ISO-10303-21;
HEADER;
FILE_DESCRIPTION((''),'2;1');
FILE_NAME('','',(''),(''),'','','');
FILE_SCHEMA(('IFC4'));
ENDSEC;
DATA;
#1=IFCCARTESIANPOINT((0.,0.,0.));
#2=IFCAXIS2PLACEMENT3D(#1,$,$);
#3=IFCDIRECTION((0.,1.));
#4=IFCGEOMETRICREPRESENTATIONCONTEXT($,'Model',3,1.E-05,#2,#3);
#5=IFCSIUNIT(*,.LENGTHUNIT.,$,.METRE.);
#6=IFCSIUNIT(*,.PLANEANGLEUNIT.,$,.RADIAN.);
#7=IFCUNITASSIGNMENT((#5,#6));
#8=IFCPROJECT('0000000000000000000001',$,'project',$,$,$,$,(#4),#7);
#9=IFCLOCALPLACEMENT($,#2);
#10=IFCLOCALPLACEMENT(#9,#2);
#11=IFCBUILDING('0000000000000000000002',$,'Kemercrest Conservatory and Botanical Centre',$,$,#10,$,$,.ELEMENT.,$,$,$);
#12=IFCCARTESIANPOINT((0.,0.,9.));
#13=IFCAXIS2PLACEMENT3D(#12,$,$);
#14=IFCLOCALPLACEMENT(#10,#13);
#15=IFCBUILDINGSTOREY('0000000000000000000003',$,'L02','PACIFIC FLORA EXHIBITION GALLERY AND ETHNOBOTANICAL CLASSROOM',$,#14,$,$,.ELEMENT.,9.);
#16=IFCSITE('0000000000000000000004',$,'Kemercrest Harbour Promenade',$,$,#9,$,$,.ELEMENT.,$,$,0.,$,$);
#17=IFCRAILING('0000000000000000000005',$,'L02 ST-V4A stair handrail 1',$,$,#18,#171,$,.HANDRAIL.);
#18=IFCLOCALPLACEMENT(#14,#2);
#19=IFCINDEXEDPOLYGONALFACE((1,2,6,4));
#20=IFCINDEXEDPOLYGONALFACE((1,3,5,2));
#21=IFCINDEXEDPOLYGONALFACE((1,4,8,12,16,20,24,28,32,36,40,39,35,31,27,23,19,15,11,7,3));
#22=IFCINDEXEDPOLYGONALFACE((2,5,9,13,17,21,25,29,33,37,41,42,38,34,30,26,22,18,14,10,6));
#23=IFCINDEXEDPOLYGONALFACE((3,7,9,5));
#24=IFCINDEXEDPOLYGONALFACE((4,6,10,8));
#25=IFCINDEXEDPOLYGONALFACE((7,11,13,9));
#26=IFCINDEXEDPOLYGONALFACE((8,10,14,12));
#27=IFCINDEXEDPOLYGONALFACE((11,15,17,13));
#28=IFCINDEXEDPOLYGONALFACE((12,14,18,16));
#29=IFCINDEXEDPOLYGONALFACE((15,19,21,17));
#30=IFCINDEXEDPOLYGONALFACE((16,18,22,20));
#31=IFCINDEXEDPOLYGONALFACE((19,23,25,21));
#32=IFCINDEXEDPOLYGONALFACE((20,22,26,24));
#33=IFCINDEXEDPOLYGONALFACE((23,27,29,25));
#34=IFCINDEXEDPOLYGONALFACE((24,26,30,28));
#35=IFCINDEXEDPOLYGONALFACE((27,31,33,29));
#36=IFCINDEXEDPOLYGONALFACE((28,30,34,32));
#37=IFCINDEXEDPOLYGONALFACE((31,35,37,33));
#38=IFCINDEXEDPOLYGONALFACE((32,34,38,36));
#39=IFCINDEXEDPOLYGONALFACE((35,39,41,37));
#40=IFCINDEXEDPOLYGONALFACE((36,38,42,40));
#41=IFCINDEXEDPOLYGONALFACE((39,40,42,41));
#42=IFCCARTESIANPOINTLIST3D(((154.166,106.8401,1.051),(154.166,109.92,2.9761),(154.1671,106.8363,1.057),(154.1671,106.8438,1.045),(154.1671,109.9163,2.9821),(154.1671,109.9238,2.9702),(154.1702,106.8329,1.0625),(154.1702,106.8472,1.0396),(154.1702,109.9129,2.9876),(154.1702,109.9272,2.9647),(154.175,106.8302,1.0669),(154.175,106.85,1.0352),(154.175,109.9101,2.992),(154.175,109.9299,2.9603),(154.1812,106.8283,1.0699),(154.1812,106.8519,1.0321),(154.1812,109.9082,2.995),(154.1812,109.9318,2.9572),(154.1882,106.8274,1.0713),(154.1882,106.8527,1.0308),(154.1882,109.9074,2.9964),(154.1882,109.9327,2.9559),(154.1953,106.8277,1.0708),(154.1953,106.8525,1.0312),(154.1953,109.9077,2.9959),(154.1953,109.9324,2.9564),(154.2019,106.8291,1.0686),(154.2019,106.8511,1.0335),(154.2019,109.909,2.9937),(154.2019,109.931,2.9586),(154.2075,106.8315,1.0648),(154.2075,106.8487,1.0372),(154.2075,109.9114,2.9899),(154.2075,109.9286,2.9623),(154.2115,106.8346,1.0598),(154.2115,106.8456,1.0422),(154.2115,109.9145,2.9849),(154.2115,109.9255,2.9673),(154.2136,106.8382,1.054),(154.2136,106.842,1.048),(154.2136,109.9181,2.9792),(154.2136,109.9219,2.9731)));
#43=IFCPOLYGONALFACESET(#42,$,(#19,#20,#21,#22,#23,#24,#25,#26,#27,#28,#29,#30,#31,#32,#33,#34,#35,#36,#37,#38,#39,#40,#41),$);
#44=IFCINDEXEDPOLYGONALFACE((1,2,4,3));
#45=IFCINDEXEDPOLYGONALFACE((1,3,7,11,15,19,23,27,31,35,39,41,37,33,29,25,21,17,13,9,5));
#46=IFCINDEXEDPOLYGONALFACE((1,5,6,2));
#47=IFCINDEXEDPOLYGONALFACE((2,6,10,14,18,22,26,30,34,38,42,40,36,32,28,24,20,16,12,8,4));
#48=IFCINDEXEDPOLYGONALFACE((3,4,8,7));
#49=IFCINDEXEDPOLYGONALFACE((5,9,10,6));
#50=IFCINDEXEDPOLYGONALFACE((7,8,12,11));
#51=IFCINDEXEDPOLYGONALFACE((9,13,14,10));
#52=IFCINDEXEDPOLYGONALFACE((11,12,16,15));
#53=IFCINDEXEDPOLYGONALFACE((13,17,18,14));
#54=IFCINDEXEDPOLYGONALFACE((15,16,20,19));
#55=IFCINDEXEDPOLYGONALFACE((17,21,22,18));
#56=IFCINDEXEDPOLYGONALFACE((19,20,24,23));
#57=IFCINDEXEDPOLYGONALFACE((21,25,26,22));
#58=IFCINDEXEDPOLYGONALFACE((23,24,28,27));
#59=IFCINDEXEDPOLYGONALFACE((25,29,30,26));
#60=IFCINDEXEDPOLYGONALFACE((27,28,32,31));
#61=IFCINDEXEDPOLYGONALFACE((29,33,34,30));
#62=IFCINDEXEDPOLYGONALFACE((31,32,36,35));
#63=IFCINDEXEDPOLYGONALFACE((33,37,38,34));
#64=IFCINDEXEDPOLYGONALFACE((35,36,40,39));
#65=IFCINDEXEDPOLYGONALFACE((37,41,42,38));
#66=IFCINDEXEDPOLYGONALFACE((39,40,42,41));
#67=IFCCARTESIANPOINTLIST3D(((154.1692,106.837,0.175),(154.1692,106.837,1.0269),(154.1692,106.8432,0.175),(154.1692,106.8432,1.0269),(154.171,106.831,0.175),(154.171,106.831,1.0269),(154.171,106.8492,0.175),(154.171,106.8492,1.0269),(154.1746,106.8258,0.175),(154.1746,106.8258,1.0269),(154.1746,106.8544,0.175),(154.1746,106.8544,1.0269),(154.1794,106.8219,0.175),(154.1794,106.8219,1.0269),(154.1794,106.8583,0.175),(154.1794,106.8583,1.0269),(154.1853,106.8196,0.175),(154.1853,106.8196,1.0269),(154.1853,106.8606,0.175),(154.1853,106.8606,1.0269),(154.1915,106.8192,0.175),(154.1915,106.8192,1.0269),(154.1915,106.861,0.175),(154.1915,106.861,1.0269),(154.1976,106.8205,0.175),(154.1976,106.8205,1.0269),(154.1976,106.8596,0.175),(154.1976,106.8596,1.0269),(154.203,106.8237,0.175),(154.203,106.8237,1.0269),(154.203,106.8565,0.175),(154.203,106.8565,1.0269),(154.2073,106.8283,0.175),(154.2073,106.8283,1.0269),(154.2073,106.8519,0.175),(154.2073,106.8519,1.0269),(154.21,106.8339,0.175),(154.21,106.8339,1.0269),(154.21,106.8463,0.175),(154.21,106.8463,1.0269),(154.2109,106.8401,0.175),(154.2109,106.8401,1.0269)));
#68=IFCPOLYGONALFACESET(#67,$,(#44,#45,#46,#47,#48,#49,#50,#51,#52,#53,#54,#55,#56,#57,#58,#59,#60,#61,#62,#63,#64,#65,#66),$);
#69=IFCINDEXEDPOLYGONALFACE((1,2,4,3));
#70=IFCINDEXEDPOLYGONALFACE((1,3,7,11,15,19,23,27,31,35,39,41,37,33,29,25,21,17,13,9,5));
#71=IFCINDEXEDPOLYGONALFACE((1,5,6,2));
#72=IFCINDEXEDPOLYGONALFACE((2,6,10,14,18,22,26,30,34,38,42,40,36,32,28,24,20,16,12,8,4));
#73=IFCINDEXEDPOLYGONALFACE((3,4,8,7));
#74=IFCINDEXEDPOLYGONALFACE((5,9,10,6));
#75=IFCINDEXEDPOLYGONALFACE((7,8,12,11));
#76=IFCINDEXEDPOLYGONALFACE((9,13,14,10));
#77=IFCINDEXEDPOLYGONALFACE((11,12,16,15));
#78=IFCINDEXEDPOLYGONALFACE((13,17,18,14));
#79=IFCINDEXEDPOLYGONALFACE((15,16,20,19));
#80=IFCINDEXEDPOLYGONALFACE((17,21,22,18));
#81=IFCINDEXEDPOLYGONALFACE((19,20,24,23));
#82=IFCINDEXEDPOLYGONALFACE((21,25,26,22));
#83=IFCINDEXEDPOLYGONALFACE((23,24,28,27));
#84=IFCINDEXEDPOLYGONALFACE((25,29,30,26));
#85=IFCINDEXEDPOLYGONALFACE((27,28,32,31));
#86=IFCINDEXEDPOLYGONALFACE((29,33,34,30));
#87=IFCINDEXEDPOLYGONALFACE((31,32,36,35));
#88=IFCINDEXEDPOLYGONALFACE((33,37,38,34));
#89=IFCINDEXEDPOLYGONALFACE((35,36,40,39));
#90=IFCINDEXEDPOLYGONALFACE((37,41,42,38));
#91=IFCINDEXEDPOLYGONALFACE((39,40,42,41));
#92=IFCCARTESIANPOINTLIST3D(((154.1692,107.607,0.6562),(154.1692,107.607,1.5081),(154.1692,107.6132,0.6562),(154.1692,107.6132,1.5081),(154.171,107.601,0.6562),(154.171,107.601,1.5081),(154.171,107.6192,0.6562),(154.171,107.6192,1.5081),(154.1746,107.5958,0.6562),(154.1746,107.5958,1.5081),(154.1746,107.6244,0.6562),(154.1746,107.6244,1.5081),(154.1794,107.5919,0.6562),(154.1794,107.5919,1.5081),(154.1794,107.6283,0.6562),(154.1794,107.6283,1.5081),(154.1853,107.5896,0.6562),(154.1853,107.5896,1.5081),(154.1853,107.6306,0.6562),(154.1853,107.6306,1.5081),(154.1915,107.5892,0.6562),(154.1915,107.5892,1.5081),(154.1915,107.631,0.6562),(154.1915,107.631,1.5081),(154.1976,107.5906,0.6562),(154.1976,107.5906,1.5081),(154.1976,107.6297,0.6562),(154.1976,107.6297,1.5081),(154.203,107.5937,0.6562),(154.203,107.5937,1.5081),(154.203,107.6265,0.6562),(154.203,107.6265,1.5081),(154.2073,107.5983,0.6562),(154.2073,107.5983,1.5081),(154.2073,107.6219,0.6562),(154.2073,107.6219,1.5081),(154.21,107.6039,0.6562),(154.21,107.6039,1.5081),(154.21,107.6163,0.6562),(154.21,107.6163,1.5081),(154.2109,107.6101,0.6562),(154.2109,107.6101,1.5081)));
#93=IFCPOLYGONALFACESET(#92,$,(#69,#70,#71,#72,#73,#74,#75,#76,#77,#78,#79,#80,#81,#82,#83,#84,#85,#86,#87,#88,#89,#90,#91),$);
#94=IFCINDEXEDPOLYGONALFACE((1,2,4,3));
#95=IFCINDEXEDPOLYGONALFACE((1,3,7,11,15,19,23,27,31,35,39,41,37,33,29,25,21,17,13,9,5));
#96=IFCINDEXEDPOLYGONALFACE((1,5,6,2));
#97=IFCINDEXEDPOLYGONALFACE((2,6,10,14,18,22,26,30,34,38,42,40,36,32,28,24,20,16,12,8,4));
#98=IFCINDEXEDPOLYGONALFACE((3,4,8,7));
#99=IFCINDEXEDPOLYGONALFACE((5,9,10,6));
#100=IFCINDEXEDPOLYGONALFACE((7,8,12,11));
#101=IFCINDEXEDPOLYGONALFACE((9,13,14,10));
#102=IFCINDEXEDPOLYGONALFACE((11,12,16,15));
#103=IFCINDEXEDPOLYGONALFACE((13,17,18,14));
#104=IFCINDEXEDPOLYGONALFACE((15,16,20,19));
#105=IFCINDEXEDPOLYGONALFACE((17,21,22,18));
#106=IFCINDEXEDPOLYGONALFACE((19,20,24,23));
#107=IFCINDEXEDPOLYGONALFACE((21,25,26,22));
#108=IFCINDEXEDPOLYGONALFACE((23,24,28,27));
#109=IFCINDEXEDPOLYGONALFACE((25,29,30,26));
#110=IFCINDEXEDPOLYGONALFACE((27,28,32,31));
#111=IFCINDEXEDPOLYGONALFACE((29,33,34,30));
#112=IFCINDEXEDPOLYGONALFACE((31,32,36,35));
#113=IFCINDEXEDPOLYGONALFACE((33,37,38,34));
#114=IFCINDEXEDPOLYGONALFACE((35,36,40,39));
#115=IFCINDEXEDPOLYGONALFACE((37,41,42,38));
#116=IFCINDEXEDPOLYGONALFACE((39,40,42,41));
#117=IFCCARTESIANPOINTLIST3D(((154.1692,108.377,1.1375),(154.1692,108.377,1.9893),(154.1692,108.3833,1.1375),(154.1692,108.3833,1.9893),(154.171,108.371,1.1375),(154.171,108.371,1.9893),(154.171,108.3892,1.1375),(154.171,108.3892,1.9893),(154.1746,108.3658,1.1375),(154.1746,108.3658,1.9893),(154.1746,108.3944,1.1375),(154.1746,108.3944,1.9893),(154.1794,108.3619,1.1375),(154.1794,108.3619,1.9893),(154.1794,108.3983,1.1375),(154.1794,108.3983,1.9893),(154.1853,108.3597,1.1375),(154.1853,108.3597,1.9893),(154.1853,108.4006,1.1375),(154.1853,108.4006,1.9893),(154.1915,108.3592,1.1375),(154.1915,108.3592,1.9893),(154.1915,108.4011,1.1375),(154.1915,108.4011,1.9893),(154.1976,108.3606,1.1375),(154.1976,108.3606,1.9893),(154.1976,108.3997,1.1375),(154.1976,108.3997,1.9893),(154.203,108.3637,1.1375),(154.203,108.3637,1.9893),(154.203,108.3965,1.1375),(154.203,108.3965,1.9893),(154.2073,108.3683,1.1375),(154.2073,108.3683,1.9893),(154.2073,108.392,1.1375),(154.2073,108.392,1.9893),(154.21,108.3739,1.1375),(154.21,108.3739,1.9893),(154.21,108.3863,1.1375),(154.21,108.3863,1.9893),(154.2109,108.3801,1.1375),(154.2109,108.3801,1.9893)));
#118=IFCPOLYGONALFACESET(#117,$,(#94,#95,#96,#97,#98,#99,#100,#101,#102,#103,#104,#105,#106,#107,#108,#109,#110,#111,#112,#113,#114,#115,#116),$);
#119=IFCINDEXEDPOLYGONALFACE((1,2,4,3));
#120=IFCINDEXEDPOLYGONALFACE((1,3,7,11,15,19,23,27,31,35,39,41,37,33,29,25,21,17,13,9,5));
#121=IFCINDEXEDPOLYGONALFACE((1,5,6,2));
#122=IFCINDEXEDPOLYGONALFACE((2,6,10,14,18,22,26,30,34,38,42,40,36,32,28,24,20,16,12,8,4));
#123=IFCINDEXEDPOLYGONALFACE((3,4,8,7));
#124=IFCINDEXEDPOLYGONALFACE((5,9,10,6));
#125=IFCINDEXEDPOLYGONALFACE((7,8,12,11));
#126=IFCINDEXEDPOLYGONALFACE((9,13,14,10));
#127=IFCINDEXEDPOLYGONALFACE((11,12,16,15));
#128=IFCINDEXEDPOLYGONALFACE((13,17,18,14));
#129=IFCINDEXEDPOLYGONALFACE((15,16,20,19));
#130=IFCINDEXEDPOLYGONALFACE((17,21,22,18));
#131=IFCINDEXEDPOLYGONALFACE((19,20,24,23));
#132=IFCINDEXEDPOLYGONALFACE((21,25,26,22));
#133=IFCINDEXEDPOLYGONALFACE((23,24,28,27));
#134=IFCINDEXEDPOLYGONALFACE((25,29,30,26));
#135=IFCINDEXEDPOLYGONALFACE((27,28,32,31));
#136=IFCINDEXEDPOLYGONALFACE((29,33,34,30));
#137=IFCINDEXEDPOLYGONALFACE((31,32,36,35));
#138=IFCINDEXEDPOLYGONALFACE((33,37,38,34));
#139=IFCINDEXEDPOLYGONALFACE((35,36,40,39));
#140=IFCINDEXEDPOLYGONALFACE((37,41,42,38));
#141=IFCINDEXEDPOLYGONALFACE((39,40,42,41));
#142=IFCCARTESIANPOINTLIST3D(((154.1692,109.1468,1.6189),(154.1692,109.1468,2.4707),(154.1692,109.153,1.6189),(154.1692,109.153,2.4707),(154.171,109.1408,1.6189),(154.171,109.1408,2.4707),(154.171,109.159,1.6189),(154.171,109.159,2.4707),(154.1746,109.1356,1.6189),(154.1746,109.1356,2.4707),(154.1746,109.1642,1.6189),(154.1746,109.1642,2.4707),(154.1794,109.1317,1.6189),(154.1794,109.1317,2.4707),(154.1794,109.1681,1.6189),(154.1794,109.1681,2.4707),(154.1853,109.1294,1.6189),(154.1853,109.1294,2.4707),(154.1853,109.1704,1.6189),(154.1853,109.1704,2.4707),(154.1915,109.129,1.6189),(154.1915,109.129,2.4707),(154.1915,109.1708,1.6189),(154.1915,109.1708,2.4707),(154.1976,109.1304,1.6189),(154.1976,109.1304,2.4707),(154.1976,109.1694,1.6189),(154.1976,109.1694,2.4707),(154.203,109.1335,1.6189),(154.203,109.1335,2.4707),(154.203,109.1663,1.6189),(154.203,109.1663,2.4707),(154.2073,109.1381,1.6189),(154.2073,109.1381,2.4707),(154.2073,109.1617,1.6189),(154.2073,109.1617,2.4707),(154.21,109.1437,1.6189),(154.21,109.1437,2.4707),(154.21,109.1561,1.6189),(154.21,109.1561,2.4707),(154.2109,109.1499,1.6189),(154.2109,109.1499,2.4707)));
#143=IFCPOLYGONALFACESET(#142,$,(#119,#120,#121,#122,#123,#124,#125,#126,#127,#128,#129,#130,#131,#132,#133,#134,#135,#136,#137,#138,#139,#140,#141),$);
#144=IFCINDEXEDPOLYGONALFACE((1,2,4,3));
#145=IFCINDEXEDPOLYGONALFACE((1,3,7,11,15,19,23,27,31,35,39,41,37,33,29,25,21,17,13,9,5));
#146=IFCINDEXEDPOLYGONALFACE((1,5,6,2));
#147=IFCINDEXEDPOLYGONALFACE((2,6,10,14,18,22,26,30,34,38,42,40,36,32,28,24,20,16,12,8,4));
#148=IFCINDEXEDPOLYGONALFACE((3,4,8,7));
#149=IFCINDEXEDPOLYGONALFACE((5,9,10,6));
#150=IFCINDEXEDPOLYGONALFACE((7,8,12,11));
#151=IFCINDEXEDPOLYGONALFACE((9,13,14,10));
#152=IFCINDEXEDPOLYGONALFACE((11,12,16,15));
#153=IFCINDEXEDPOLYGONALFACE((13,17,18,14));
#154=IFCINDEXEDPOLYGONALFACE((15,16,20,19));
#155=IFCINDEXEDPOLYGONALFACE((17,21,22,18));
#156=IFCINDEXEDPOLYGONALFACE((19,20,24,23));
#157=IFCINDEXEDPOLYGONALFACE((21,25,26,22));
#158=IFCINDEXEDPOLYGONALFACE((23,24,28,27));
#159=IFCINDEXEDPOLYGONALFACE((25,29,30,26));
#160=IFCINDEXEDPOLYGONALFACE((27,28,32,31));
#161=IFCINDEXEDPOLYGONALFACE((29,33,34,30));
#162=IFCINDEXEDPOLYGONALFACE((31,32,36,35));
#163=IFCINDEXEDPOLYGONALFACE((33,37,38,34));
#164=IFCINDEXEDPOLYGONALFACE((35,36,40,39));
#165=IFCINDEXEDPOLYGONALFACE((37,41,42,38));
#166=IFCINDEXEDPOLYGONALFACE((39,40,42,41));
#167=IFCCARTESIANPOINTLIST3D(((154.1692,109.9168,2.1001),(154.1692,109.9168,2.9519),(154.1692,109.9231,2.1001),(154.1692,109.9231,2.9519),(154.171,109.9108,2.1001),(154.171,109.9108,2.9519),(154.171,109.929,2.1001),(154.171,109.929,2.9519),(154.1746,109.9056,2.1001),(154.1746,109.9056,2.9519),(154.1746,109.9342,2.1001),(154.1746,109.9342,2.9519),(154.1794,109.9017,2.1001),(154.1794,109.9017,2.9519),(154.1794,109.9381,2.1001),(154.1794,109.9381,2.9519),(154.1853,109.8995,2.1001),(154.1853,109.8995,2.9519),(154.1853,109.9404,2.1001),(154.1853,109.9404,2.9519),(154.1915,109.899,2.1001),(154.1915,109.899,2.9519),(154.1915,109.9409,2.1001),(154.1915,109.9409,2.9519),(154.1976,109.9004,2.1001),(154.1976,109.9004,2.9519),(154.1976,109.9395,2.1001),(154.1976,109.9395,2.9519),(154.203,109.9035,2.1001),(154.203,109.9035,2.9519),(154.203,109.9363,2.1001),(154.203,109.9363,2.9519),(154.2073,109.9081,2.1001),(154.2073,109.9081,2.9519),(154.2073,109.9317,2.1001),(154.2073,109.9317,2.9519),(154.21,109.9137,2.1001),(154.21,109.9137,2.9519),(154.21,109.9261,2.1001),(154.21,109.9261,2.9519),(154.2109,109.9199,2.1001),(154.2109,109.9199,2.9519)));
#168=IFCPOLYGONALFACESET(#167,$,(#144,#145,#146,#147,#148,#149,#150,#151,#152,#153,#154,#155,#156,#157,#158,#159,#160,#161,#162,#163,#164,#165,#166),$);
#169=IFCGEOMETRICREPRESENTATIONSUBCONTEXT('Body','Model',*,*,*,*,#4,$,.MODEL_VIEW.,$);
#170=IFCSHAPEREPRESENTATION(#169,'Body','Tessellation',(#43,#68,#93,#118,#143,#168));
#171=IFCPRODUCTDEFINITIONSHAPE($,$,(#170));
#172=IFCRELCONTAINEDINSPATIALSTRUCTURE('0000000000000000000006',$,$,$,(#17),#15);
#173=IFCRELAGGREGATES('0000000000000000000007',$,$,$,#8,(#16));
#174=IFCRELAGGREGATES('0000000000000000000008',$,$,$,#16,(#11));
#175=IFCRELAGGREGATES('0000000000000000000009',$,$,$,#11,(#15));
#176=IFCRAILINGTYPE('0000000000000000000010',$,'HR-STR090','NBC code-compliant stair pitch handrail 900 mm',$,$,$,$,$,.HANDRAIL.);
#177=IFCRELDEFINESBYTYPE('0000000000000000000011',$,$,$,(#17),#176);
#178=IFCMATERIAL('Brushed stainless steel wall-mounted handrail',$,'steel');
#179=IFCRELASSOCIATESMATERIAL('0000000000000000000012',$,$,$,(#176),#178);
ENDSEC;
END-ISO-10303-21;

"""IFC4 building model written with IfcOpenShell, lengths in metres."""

from ifc_helpers import new_model, si_unit, direction, frame, origin, origin_2d, place, context, subcontext, project, spatial, circle, extrude, material, type_object, element, save


model = new_model("IFC4")

# Units and contexts
model_context = context("Model", 3, precision=1e-05, world=origin(), true_north=direction((0.0, 1.0)))
body_context = subcontext(model_context, "Body", "Model", "MODEL_VIEW")
ifc_project = project(units=[si_unit("LENGTHUNIT", "METRE"), si_unit("PLANEANGLEUNIT", "RADIAN")], contexts=[model_context])

# Site, building, storey
site_placement = place(None, origin())
site = spatial("IfcSite", under=ifc_project, at=site_placement, Name="Kemercrest Harbour Promenade", CompositionType="ELEMENT", RefElevation=0.0)
building_placement = place(site_placement, origin())
building = spatial("IfcBuilding", under=site, at=building_placement, Name="Kemercrest Conservatory and Botanical Centre", CompositionType="ELEMENT")
storey_placement = place(building_placement, frame((0.0, 0.0, 9.0)))
storey = spatial("IfcBuildingStorey", under=building, at=storey_placement, Name="L02", Description="PACIFIC FLORA EXHIBITION GALLERY AND ETHNOBOTANICAL CLASSROOM", CompositionType="ELEMENT", Elevation=9.0)

# Railing
ifc_material_1 = material(Name="Brushed stainless steel wall-mounted handrail", Category="steel")
railing_type_1 = type_object("IfcRailingType", Name="HR-STR090", Description="NBC code-compliant stair pitch handrail 900 mm", PredefinedType="HANDRAIL", material=ifc_material_1)
railing_1_placement = place(storey_placement, frame((154.1899, 106.8401, 0.175)))
element("IfcRailing", 1, at=railing_1_placement, inside=storey, type_object=railing_type_1, Name="L02 ST-V4A stair handrail 1", PredefinedType="HANDRAIL", context=body_context, shape_type="SweptSolid", body=[
    extrude(circle(Radius=0.0239, at=origin_2d()), frame((0.0, 0.0, 0.876), z_axis=(0.0, 0.847979, 0.530029), x_axis=(-1.0, 0.0, 0.0)), (0.0, 0.0, 1.0), 3.6321),
    extrude(circle(Radius=0.021, at=origin_2d()), origin(), (0.0, 0.0, 1.0), 0.8518),
    extrude(circle(Radius=0.021, at=origin_2d()), frame((0.0, 0.77, 0.4812)), (0.0, 0.0, 1.0), 0.8518),
    extrude(circle(Radius=0.021, at=origin_2d()), frame((0.0, 1.54, 0.9624)), (0.0, 0.0, 1.0), 0.8518),
    extrude(circle(Radius=0.021, at=origin_2d()), frame((0.0, 2.3098, 1.4438)), (0.0, 0.0, 1.0), 0.8518),
    extrude(circle(Radius=0.021, at=origin_2d()), frame((0.0, 3.0798, 1.925)), (0.0, 0.0, 1.0), 0.8518),
])

save(model, "model.ifc")
